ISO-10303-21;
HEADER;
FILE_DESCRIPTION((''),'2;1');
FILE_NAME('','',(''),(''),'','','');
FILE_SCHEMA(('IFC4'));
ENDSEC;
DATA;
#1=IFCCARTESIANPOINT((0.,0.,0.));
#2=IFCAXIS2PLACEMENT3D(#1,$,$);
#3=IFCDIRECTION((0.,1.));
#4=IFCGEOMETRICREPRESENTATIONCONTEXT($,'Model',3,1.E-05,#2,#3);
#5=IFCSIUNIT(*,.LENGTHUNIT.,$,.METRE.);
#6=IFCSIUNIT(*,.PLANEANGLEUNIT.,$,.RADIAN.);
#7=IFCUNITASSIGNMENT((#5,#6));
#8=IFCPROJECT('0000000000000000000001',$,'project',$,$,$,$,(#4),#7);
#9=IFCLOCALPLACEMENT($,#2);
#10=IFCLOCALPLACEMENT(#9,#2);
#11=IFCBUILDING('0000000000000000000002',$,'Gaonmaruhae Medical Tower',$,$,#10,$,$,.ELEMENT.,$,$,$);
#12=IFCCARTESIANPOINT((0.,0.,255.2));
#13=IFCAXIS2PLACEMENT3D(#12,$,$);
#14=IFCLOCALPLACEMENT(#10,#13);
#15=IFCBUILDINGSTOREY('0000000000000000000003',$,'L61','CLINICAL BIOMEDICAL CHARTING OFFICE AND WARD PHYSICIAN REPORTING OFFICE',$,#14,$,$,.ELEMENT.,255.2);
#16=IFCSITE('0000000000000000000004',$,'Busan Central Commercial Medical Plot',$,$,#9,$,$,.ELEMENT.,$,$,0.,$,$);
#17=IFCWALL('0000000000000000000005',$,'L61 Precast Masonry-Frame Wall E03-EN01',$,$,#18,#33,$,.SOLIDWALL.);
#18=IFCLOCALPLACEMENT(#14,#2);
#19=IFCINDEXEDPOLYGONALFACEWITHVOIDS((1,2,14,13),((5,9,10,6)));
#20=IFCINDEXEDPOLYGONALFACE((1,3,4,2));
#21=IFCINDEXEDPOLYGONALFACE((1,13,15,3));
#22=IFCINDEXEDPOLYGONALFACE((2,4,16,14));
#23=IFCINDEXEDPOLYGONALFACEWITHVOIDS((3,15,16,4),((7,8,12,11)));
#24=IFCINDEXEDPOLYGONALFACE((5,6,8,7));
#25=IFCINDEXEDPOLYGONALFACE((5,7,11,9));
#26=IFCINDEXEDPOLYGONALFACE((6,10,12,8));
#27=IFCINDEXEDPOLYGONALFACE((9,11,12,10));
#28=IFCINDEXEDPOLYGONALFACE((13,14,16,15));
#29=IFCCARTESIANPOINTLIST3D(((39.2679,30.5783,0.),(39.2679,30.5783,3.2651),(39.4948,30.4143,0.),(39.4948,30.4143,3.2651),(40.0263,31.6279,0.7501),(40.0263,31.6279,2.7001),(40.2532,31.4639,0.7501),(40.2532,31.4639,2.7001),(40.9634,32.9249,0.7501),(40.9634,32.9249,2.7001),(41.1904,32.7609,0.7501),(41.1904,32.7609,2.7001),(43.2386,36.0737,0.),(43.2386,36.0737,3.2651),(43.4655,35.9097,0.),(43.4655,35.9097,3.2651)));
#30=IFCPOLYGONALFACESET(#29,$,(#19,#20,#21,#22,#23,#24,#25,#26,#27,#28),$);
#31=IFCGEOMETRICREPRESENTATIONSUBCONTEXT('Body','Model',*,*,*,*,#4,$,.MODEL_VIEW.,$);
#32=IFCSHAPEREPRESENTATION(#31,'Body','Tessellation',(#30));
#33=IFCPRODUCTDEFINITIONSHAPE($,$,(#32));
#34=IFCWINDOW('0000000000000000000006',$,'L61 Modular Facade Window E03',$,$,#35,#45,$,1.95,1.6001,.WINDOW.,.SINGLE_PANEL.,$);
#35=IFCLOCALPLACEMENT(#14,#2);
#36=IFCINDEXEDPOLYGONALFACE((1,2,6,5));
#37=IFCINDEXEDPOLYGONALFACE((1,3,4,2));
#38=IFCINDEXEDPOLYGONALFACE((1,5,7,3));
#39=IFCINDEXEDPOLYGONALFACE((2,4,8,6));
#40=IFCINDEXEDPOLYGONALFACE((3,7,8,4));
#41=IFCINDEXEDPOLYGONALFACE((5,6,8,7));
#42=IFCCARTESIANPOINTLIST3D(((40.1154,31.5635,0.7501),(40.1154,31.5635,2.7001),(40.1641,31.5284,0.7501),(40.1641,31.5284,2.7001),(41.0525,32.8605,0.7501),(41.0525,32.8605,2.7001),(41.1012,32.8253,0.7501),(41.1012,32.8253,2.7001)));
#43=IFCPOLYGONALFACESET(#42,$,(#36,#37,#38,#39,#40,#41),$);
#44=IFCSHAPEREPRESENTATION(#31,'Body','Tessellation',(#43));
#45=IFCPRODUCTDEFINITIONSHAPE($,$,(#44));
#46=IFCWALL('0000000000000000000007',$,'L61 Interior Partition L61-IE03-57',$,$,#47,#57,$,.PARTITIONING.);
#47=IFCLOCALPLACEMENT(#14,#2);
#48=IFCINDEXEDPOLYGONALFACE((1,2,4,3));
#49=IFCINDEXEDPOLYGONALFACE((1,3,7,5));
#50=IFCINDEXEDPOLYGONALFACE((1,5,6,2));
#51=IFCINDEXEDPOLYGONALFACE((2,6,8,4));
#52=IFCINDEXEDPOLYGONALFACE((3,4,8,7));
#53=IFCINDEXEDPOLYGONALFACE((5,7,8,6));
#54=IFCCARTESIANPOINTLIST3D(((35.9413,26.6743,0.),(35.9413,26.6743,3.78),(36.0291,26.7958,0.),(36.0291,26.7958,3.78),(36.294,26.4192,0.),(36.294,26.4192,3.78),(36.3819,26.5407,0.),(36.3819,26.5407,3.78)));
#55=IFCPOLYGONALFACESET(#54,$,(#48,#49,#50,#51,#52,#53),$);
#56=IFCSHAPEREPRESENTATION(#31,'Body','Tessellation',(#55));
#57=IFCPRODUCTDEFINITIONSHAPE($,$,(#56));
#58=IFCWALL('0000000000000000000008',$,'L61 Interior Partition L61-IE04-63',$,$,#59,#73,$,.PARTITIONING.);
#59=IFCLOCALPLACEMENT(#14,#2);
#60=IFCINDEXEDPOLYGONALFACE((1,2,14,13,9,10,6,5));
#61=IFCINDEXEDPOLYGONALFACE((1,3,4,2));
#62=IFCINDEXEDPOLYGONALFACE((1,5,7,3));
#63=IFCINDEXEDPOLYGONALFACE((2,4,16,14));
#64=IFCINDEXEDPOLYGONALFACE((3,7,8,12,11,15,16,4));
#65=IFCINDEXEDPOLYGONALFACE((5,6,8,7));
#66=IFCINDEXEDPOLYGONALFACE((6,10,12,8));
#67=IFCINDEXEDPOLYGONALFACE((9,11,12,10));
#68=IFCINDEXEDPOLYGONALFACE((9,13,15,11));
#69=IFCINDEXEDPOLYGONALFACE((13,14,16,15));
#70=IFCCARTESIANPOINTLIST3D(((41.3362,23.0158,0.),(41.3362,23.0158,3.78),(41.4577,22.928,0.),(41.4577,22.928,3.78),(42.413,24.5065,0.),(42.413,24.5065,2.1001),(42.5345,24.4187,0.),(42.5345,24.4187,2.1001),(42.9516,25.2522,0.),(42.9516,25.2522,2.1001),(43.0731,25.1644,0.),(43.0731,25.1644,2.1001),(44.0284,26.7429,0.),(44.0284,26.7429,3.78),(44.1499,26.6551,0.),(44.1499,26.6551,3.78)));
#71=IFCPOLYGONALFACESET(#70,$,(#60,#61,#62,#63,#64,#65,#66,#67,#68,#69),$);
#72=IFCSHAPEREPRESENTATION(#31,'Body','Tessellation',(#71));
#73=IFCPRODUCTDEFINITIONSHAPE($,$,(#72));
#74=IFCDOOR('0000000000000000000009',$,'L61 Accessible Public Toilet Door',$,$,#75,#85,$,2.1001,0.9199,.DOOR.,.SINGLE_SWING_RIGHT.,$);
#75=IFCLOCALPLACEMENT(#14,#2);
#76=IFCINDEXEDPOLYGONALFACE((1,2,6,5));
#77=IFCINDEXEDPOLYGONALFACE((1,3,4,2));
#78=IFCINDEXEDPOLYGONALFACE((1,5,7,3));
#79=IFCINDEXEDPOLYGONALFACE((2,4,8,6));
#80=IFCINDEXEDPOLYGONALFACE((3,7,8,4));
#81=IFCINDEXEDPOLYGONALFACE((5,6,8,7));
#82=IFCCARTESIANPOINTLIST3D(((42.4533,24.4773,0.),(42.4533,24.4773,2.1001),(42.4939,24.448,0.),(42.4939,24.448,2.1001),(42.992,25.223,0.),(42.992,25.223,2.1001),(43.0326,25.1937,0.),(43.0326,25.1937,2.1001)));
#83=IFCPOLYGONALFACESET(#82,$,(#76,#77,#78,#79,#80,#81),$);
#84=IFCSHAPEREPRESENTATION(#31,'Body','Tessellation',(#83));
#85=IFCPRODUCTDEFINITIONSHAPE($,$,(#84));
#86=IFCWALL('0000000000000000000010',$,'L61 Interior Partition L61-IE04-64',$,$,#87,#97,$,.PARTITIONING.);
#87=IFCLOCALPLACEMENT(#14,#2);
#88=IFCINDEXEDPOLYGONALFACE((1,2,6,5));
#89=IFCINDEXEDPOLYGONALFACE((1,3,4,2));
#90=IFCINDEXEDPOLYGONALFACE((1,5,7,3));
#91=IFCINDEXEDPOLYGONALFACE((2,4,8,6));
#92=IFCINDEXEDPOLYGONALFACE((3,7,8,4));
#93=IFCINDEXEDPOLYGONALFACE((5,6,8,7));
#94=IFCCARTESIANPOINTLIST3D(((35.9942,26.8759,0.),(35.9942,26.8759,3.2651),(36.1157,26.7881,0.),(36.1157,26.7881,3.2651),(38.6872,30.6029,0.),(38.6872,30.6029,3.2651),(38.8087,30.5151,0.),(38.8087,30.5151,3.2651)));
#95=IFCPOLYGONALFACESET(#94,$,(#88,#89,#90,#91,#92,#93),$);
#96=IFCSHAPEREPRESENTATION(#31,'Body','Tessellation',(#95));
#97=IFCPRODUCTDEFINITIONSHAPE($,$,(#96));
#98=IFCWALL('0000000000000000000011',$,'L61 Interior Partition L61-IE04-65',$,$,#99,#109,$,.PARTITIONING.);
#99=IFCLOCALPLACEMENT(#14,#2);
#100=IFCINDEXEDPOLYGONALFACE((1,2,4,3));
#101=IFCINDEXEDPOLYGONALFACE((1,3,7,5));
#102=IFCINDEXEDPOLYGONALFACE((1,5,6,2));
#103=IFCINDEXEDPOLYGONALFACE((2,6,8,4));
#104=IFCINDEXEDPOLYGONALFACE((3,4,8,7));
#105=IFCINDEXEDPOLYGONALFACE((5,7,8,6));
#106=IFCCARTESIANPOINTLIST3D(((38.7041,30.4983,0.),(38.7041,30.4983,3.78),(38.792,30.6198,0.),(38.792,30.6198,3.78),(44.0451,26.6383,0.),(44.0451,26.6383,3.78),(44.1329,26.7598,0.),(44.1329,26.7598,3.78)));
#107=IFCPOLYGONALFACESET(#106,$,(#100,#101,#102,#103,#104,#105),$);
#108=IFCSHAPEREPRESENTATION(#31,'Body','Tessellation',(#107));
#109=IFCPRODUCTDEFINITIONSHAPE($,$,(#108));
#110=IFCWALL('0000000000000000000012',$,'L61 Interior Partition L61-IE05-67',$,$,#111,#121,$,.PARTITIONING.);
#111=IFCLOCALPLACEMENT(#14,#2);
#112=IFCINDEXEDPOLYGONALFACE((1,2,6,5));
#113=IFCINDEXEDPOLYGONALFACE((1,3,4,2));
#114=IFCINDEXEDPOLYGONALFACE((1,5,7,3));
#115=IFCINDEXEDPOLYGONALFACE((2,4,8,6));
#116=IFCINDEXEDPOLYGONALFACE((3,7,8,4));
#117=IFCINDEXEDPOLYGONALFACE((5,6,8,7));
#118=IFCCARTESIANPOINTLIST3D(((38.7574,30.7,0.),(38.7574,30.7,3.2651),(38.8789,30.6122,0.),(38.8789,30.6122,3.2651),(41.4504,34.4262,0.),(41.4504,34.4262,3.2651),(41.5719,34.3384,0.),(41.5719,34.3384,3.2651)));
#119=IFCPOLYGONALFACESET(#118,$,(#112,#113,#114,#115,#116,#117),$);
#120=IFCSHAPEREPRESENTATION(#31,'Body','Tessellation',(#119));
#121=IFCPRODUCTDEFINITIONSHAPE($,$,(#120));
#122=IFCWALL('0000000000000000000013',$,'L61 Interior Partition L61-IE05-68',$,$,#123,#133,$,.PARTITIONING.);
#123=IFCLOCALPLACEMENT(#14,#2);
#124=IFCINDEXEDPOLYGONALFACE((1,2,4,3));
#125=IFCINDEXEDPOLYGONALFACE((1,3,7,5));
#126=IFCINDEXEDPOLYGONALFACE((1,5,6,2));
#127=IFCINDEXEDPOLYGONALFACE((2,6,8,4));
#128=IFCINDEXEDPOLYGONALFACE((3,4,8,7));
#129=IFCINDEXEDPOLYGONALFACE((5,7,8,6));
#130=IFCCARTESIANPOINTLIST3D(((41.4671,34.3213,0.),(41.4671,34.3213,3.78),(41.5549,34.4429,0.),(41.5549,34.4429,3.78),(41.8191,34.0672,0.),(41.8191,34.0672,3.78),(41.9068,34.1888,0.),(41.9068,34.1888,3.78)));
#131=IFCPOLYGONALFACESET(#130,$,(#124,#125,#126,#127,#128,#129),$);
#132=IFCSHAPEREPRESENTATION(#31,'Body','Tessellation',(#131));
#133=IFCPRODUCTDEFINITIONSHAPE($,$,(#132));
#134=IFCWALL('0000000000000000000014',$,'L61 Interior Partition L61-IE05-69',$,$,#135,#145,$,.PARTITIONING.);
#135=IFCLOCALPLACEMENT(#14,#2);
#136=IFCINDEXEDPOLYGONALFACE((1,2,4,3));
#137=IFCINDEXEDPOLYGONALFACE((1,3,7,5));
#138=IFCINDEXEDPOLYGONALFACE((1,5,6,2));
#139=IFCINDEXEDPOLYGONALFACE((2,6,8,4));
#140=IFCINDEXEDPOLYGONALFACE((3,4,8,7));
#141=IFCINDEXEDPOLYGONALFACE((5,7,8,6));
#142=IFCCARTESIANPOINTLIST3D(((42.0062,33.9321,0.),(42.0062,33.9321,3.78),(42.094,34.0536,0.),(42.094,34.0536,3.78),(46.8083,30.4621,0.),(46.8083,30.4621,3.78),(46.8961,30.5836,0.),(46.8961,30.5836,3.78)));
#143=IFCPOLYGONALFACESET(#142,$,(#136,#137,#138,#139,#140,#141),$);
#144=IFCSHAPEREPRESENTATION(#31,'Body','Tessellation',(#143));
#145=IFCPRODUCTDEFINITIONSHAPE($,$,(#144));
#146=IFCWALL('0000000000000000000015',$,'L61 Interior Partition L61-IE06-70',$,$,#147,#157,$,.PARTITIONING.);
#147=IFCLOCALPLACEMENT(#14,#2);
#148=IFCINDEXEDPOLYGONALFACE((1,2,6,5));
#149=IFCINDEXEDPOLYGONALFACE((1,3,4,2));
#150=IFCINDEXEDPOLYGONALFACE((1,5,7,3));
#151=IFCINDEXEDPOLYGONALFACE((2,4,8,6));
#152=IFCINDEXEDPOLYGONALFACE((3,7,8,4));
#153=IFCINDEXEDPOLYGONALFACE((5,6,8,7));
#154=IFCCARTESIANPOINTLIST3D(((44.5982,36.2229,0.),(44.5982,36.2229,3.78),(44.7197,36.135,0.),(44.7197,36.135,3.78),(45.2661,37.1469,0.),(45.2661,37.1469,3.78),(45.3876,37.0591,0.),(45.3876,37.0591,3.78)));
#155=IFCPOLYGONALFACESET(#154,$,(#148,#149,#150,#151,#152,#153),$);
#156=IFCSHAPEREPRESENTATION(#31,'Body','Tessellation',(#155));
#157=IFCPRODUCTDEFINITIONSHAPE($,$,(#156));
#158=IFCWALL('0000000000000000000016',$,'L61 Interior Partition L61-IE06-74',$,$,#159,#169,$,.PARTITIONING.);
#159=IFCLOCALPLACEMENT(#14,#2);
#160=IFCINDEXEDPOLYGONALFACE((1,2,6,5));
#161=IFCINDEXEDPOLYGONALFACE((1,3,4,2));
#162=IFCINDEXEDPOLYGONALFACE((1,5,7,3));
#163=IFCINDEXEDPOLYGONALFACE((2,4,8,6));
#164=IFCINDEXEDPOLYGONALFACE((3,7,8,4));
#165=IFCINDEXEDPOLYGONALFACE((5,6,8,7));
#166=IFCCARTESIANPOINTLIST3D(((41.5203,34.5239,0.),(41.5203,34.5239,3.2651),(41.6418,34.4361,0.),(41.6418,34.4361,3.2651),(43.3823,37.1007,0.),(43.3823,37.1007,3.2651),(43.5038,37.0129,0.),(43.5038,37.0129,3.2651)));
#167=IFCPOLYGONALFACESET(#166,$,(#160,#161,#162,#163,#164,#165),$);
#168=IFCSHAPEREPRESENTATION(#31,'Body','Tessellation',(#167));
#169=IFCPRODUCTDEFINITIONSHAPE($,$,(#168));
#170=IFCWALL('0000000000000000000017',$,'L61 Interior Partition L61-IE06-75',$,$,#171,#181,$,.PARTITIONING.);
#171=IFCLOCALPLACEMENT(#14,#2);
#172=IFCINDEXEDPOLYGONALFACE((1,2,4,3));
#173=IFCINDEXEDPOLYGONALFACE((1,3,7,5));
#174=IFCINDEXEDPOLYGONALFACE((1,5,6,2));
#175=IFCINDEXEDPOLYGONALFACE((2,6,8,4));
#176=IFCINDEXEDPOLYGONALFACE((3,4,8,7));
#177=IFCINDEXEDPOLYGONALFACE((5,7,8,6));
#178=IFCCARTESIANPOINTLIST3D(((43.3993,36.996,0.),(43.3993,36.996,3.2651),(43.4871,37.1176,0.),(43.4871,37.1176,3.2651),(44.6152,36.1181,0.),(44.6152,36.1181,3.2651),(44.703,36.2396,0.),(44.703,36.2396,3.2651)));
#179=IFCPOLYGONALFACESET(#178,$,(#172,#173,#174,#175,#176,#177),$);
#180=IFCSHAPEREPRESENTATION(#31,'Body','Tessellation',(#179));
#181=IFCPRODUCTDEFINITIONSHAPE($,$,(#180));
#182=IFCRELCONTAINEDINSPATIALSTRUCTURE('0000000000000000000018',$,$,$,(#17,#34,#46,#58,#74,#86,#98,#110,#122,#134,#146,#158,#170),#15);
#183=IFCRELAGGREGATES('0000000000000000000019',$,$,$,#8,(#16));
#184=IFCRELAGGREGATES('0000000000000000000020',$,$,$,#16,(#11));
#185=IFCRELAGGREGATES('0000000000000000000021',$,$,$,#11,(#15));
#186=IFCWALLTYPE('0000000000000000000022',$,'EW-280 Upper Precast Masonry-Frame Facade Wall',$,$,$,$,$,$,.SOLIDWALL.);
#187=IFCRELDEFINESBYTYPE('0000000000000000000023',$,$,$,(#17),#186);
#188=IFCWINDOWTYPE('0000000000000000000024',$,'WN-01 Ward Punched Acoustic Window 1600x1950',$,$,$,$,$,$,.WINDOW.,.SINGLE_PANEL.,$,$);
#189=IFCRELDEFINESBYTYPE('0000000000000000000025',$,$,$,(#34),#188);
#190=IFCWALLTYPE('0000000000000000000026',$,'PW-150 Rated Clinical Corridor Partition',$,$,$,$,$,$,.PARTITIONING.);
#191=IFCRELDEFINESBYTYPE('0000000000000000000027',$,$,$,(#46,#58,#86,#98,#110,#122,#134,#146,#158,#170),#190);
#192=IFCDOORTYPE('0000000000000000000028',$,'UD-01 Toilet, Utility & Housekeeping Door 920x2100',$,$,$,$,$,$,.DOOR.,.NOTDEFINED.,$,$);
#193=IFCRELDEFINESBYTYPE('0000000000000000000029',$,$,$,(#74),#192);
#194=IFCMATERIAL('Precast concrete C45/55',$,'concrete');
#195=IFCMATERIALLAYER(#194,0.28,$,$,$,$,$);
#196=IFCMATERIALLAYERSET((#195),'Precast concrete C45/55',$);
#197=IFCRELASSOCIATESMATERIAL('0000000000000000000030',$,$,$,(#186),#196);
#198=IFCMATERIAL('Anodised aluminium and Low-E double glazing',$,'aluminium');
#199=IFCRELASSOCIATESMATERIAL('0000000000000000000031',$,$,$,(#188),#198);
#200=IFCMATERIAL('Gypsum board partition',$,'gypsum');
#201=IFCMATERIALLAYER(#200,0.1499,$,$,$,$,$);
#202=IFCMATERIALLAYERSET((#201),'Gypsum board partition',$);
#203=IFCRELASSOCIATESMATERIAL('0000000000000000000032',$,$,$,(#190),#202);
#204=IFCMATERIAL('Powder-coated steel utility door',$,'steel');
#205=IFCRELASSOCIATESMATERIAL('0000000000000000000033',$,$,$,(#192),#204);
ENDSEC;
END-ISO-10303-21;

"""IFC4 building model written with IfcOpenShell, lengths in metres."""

from ifc_helpers import new_model, si_unit, direction, frame, frame_2d, origin, place, context, subcontext, project, spatial, rectangle, extrude, material, layer, layer_set, type_object, element, fill, save


model = new_model("IFC4")

# Units and contexts
model_context = context("Model", 3, precision=1e-05, world=origin(), true_north=direction((0.0, 1.0)))
body_context = subcontext(model_context, "Body", "Model", "MODEL_VIEW")
ifc_project = project(units=[si_unit("LENGTHUNIT", "METRE"), si_unit("PLANEANGLEUNIT", "RADIAN")], contexts=[model_context])

# Site, building, storey
site_placement = place(None, origin())
site = spatial("IfcSite", under=ifc_project, at=site_placement, Name="Busan Central Commercial Medical Plot", CompositionType="ELEMENT", RefElevation=0.0)
building_placement = place(site_placement, origin())
building = spatial("IfcBuilding", under=site, at=building_placement, Name="Gaonmaruhae Medical Tower", CompositionType="ELEMENT")
storey_placement = place(building_placement, frame((0.0, 0.0, 255.2)))
storey = spatial("IfcBuildingStorey", under=building, at=storey_placement, Name="L61", Description="CLINICAL BIOMEDICAL CHARTING OFFICE AND WARD PHYSICIAN REPORTING OFFICE", CompositionType="ELEMENT", Elevation=255.2)

# Shared definitions
ifc_material_1 = material(Name="Precast concrete C45/55", Category="concrete")
ifc_layer_1 = layer(ifc_material_1, 0.28)
ifc_layer_set_1 = layer_set([ifc_layer_1], Name="Precast concrete C45/55")
wall_type_1 = type_object("IfcWallType", Name="EW-280 Upper Precast Masonry-Frame Facade Wall", PredefinedType="SOLIDWALL", material=ifc_layer_set_1)

# Wall, opening, window
wall_1_placement = place(storey_placement, frame((39.3813, 30.4963, 0.0), z_axis=(0.0, 0.0, 1.0), x_axis=(0.585668, 0.810551, 0.0)))
wall_1 = element("IfcWall", 1, at=wall_1_placement, inside=storey, type_object=wall_type_1, Name="L61 Precast Masonry-Frame Wall E03-EN01", PredefinedType="SOLIDWALL", context=body_context, shape_type="SweptSolid", body=[
    extrude(rectangle(XDim=6.7798, YDim=0.28, at=frame_2d((3.3899, 0.0))), origin(), (0.0, 0.0, 1.0), 3.2651),
])
opening_1_placement = place(wall_1_placement, frame((1.2949, 0.0, 0.75)))
opening_1 = element("IfcOpeningElement", 2, at=opening_1_placement, cuts=wall_1, PredefinedType="OPENING", context=body_context, shape_type="SweptSolid", body=[
    extrude(rectangle(XDim=1.6001, YDim=1.95, at=frame_2d((0.8, 0.9751))), frame((0.0, 0.1499, 0.0), z_axis=(0.0, -1.0, 0.0), x_axis=(1.0, 0.0, 0.0)), (0.0, 0.0, 1.0), 0.3),
])
ifc_material_2 = material(Name="Anodised aluminium and Low-E double glazing", Category="aluminium")
window_type = type_object("IfcWindowType", Name="WN-01 Ward Punched Acoustic Window 1600x1950", PartitioningType="SINGLE_PANEL", PredefinedType="WINDOW", material=ifc_material_2)
window_placement = place(opening_1_placement, origin())
window = element("IfcWindow", 3, at=window_placement, inside=storey, type_object=window_type, Name="L61 Modular Facade Window E03", OverallHeight=1.95, OverallWidth=1.6001, PartitioningType="SINGLE_PANEL", PredefinedType="WINDOW", context=body_context, shape_type="SweptSolid", body=[
    extrude(rectangle(XDim=1.6001, YDim=1.95, at=frame_2d((0.8, 0.9751))), frame((0.0, 0.03, 0.0), z_axis=(0.0, -1.0, 0.0), x_axis=(1.0, 0.0, 0.0)), (0.0, 0.0, 1.0), 0.0601),
])
fill(opening_1, window)

# Wall
ifc_material_3 = material(Name="Gypsum board partition", Category="gypsum")
ifc_layer_2 = layer(ifc_material_3, 0.1499)
ifc_layer_set_2 = layer_set([ifc_layer_2], Name="Gypsum board partition")
wall_type_2 = type_object("IfcWallType", Name="PW-150 Rated Clinical Corridor Partition", PredefinedType="PARTITIONING", material=ifc_layer_set_2)
wall_2_placement = place(storey_placement, frame((35.9851, 26.7351, 0.0), z_axis=(0.0, 0.0, 1.0), x_axis=(0.810309, -0.586002, 0.0)))
element("IfcWall", 4, at=wall_2_placement, inside=storey, type_object=wall_type_2, Name="L61 Interior Partition L61-IE03-57", PredefinedType="PARTITIONING", context=body_context, shape_type="SweptSolid", body=[
    extrude(rectangle(XDim=0.4353, YDim=0.1499, at=frame_2d((0.2178, 0.0))), origin(), (0.0, 0.0, 1.0), 3.78),
])

# Wall, opening, door
wall_3_placement = place(storey_placement, frame((44.0891, 26.699, 0.0), z_axis=(0.0, 0.0, 1.0), x_axis=(-0.585545, -0.81064, 0.0)))
wall_3 = element("IfcWall", 5, at=wall_3_placement, inside=storey, type_object=wall_type_2, Name="L61 Interior Partition L61-IE04-63", PredefinedType="PARTITIONING", context=body_context, shape_type="SweptSolid", body=[
    extrude(rectangle(XDim=4.5977, YDim=0.1499, at=frame_2d((2.2988, 0.0))), origin(), (0.0, 0.0, 1.0), 3.78),
])
opening_2_placement = place(wall_3_placement, frame((1.8389, 0.0, 0.0)))
opening_2 = element("IfcOpeningElement", 6, at=opening_2_placement, cuts=wall_3, PredefinedType="OPENING", context=body_context, shape_type="SweptSolid", body=[
    extrude(rectangle(XDim=0.9199, YDim=2.1001, at=frame_2d((0.46, 1.05))), frame((0.0, 0.085, 0.0), z_axis=(0.0, -1.0, 0.0), x_axis=(1.0, 0.0, 0.0)), (0.0, 0.0, 1.0), 0.1699),
])
ifc_material_4 = material(Name="Powder-coated steel utility door", Category="steel")
door_type = type_object("IfcDoorType", Name="UD-01 Toilet, Utility & Housekeeping Door 920x2100", OperationType="NOTDEFINED", PredefinedType="DOOR", material=ifc_material_4)
door_placement = place(opening_2_placement, origin())
door = element("IfcDoor", 7, at=door_placement, inside=storey, type_object=door_type, Name="L61 Accessible Public Toilet Door", OperationType="SINGLE_SWING_RIGHT", OverallHeight=2.1001, OverallWidth=0.9199, PredefinedType="DOOR", context=body_context, shape_type="SweptSolid", body=[
    extrude(rectangle(XDim=0.9199, YDim=2.1001, at=frame_2d((0.46, 1.05))), frame((0.0, 0.0249, 0.0), z_axis=(0.0, -1.0, 0.0), x_axis=(1.0, 0.0, 0.0)), (0.0, 0.0, 1.0), 0.05),
])
fill(opening_2, door)

# Walls
wall_4_placement = place(storey_placement, frame((36.0549, 26.832, 0.0), z_axis=(0.0, 0.0, 1.0), x_axis=(0.585684, 0.810539, 0.0)))
element("IfcWall", 8, at=wall_4_placement, inside=storey, type_object=wall_type_2, Name="L61 Interior Partition L61-IE04-64", PredefinedType="PARTITIONING", context=body_context, shape_type="SweptSolid", body=[
    extrude(rectangle(XDim=4.5981, YDim=0.1499, at=frame_2d((2.2991, 0.0))), origin(), (0.0, 0.0, 1.0), 3.2651),
])
wall_5_placement = place(storey_placement, frame((38.748, 30.5591, 0.0), z_axis=(0.0, 0.0, 1.0), x_axis=(0.810487, -0.585757, 0.0)))
element("IfcWall", 9, at=wall_5_placement, inside=storey, type_object=wall_type_2, Name="L61 Interior Partition L61-IE04-65", PredefinedType="PARTITIONING", context=body_context, shape_type="SweptSolid", body=[
    extrude(rectangle(XDim=6.5898, YDim=0.1499, at=frame_2d((3.2949, 0.0))), origin(), (0.0, 0.0, 1.0), 3.78),
])
wall_6_placement = place(storey_placement, frame((38.8181, 30.656, 0.0), z_axis=(0.0, 0.0, 1.0), x_axis=(0.58575, 0.810492, 0.0)))
element("IfcWall", 10, at=wall_6_placement, inside=storey, type_object=wall_type_2, Name="L61 Interior Partition L61-IE05-67", PredefinedType="PARTITIONING", context=body_context, shape_type="SweptSolid", body=[
    extrude(rectangle(XDim=4.5974, YDim=0.1499, at=frame_2d((2.2988, 0.0))), origin(), (0.0, 0.0, 1.0), 3.2651),
])
wall_7_placement = place(storey_placement, frame((41.511, 34.3821, 0.0), z_axis=(0.0, 0.0, 1.0), x_axis=(0.810798, -0.585326, 0.0)))
element("IfcWall", 11, at=wall_7_placement, inside=storey, type_object=wall_type_2, Name="L61 Interior Partition L61-IE05-68", PredefinedType="PARTITIONING", context=body_context, shape_type="SweptSolid", body=[
    extrude(rectangle(XDim=0.4341, YDim=0.1499, at=frame_2d((0.217, 0.0))), origin(), (0.0, 0.0, 1.0), 3.78),
])
wall_8_placement = place(storey_placement, frame((42.05, 33.9929, 0.0), z_axis=(0.0, 0.0, 1.0), x_axis=(0.81053, -0.585697, 0.0)))
element("IfcWall", 12, at=wall_8_placement, inside=storey, type_object=wall_type_2, Name="L61 Interior Partition L61-IE05-69", PredefinedType="PARTITIONING", context=body_context, shape_type="SweptSolid", body=[
    extrude(rectangle(XDim=5.9246, YDim=0.1499, at=frame_2d((2.9624, 0.0))), origin(), (0.0, 0.0, 1.0), 3.78),
])
wall_9_placement = place(storey_placement, frame((44.6589, 36.179, 0.0), z_axis=(0.0, 0.0, 1.0), x_axis=(0.585827, 0.810436, 0.0)))
element("IfcWall", 13, at=wall_9_placement, inside=storey, type_object=wall_type_2, Name="L61 Interior Partition L61-IE06-70", PredefinedType="PARTITIONING", context=body_context, shape_type="SweptSolid", body=[
    extrude(rectangle(XDim=1.1401, YDim=0.1499, at=frame_2d((0.5701, 0.0))), origin(), (0.0, 0.0, 1.0), 3.78),
])
wall_10_placement = place(storey_placement, frame((41.5811, 34.48, 0.0), z_axis=(0.0, 0.0, 1.0), x_axis=(0.58569, 0.810535, 0.0)))
element("IfcWall", 14, at=wall_10_placement, inside=storey, type_object=wall_type_2, Name="L61 Interior Partition L61-IE06-74", PredefinedType="PARTITIONING", context=body_context, shape_type="SweptSolid", body=[
    extrude(rectangle(XDim=3.1792, YDim=0.1499, at=frame_2d((1.5896, 0.0))), origin(), (0.0, 0.0, 1.0), 3.2651),
])
wall_11_placement = place(storey_placement, frame((43.4431, 37.0569, 0.0), z_axis=(0.0, 0.0, 1.0), x_axis=(0.810731, -0.585419, 0.0)))
element("IfcWall", 15, at=wall_11_placement, inside=storey, type_object=wall_type_2, Name="L61 Interior Partition L61-IE06-75", PredefinedType="PARTITIONING", context=body_context, shape_type="SweptSolid", body=[
    extrude(rectangle(XDim=1.4998, YDim=0.1499, at=frame_2d((0.75, 0.0))), origin(), (0.0, 0.0, 1.0), 3.2651),
])

save(model, "model.ifc")
